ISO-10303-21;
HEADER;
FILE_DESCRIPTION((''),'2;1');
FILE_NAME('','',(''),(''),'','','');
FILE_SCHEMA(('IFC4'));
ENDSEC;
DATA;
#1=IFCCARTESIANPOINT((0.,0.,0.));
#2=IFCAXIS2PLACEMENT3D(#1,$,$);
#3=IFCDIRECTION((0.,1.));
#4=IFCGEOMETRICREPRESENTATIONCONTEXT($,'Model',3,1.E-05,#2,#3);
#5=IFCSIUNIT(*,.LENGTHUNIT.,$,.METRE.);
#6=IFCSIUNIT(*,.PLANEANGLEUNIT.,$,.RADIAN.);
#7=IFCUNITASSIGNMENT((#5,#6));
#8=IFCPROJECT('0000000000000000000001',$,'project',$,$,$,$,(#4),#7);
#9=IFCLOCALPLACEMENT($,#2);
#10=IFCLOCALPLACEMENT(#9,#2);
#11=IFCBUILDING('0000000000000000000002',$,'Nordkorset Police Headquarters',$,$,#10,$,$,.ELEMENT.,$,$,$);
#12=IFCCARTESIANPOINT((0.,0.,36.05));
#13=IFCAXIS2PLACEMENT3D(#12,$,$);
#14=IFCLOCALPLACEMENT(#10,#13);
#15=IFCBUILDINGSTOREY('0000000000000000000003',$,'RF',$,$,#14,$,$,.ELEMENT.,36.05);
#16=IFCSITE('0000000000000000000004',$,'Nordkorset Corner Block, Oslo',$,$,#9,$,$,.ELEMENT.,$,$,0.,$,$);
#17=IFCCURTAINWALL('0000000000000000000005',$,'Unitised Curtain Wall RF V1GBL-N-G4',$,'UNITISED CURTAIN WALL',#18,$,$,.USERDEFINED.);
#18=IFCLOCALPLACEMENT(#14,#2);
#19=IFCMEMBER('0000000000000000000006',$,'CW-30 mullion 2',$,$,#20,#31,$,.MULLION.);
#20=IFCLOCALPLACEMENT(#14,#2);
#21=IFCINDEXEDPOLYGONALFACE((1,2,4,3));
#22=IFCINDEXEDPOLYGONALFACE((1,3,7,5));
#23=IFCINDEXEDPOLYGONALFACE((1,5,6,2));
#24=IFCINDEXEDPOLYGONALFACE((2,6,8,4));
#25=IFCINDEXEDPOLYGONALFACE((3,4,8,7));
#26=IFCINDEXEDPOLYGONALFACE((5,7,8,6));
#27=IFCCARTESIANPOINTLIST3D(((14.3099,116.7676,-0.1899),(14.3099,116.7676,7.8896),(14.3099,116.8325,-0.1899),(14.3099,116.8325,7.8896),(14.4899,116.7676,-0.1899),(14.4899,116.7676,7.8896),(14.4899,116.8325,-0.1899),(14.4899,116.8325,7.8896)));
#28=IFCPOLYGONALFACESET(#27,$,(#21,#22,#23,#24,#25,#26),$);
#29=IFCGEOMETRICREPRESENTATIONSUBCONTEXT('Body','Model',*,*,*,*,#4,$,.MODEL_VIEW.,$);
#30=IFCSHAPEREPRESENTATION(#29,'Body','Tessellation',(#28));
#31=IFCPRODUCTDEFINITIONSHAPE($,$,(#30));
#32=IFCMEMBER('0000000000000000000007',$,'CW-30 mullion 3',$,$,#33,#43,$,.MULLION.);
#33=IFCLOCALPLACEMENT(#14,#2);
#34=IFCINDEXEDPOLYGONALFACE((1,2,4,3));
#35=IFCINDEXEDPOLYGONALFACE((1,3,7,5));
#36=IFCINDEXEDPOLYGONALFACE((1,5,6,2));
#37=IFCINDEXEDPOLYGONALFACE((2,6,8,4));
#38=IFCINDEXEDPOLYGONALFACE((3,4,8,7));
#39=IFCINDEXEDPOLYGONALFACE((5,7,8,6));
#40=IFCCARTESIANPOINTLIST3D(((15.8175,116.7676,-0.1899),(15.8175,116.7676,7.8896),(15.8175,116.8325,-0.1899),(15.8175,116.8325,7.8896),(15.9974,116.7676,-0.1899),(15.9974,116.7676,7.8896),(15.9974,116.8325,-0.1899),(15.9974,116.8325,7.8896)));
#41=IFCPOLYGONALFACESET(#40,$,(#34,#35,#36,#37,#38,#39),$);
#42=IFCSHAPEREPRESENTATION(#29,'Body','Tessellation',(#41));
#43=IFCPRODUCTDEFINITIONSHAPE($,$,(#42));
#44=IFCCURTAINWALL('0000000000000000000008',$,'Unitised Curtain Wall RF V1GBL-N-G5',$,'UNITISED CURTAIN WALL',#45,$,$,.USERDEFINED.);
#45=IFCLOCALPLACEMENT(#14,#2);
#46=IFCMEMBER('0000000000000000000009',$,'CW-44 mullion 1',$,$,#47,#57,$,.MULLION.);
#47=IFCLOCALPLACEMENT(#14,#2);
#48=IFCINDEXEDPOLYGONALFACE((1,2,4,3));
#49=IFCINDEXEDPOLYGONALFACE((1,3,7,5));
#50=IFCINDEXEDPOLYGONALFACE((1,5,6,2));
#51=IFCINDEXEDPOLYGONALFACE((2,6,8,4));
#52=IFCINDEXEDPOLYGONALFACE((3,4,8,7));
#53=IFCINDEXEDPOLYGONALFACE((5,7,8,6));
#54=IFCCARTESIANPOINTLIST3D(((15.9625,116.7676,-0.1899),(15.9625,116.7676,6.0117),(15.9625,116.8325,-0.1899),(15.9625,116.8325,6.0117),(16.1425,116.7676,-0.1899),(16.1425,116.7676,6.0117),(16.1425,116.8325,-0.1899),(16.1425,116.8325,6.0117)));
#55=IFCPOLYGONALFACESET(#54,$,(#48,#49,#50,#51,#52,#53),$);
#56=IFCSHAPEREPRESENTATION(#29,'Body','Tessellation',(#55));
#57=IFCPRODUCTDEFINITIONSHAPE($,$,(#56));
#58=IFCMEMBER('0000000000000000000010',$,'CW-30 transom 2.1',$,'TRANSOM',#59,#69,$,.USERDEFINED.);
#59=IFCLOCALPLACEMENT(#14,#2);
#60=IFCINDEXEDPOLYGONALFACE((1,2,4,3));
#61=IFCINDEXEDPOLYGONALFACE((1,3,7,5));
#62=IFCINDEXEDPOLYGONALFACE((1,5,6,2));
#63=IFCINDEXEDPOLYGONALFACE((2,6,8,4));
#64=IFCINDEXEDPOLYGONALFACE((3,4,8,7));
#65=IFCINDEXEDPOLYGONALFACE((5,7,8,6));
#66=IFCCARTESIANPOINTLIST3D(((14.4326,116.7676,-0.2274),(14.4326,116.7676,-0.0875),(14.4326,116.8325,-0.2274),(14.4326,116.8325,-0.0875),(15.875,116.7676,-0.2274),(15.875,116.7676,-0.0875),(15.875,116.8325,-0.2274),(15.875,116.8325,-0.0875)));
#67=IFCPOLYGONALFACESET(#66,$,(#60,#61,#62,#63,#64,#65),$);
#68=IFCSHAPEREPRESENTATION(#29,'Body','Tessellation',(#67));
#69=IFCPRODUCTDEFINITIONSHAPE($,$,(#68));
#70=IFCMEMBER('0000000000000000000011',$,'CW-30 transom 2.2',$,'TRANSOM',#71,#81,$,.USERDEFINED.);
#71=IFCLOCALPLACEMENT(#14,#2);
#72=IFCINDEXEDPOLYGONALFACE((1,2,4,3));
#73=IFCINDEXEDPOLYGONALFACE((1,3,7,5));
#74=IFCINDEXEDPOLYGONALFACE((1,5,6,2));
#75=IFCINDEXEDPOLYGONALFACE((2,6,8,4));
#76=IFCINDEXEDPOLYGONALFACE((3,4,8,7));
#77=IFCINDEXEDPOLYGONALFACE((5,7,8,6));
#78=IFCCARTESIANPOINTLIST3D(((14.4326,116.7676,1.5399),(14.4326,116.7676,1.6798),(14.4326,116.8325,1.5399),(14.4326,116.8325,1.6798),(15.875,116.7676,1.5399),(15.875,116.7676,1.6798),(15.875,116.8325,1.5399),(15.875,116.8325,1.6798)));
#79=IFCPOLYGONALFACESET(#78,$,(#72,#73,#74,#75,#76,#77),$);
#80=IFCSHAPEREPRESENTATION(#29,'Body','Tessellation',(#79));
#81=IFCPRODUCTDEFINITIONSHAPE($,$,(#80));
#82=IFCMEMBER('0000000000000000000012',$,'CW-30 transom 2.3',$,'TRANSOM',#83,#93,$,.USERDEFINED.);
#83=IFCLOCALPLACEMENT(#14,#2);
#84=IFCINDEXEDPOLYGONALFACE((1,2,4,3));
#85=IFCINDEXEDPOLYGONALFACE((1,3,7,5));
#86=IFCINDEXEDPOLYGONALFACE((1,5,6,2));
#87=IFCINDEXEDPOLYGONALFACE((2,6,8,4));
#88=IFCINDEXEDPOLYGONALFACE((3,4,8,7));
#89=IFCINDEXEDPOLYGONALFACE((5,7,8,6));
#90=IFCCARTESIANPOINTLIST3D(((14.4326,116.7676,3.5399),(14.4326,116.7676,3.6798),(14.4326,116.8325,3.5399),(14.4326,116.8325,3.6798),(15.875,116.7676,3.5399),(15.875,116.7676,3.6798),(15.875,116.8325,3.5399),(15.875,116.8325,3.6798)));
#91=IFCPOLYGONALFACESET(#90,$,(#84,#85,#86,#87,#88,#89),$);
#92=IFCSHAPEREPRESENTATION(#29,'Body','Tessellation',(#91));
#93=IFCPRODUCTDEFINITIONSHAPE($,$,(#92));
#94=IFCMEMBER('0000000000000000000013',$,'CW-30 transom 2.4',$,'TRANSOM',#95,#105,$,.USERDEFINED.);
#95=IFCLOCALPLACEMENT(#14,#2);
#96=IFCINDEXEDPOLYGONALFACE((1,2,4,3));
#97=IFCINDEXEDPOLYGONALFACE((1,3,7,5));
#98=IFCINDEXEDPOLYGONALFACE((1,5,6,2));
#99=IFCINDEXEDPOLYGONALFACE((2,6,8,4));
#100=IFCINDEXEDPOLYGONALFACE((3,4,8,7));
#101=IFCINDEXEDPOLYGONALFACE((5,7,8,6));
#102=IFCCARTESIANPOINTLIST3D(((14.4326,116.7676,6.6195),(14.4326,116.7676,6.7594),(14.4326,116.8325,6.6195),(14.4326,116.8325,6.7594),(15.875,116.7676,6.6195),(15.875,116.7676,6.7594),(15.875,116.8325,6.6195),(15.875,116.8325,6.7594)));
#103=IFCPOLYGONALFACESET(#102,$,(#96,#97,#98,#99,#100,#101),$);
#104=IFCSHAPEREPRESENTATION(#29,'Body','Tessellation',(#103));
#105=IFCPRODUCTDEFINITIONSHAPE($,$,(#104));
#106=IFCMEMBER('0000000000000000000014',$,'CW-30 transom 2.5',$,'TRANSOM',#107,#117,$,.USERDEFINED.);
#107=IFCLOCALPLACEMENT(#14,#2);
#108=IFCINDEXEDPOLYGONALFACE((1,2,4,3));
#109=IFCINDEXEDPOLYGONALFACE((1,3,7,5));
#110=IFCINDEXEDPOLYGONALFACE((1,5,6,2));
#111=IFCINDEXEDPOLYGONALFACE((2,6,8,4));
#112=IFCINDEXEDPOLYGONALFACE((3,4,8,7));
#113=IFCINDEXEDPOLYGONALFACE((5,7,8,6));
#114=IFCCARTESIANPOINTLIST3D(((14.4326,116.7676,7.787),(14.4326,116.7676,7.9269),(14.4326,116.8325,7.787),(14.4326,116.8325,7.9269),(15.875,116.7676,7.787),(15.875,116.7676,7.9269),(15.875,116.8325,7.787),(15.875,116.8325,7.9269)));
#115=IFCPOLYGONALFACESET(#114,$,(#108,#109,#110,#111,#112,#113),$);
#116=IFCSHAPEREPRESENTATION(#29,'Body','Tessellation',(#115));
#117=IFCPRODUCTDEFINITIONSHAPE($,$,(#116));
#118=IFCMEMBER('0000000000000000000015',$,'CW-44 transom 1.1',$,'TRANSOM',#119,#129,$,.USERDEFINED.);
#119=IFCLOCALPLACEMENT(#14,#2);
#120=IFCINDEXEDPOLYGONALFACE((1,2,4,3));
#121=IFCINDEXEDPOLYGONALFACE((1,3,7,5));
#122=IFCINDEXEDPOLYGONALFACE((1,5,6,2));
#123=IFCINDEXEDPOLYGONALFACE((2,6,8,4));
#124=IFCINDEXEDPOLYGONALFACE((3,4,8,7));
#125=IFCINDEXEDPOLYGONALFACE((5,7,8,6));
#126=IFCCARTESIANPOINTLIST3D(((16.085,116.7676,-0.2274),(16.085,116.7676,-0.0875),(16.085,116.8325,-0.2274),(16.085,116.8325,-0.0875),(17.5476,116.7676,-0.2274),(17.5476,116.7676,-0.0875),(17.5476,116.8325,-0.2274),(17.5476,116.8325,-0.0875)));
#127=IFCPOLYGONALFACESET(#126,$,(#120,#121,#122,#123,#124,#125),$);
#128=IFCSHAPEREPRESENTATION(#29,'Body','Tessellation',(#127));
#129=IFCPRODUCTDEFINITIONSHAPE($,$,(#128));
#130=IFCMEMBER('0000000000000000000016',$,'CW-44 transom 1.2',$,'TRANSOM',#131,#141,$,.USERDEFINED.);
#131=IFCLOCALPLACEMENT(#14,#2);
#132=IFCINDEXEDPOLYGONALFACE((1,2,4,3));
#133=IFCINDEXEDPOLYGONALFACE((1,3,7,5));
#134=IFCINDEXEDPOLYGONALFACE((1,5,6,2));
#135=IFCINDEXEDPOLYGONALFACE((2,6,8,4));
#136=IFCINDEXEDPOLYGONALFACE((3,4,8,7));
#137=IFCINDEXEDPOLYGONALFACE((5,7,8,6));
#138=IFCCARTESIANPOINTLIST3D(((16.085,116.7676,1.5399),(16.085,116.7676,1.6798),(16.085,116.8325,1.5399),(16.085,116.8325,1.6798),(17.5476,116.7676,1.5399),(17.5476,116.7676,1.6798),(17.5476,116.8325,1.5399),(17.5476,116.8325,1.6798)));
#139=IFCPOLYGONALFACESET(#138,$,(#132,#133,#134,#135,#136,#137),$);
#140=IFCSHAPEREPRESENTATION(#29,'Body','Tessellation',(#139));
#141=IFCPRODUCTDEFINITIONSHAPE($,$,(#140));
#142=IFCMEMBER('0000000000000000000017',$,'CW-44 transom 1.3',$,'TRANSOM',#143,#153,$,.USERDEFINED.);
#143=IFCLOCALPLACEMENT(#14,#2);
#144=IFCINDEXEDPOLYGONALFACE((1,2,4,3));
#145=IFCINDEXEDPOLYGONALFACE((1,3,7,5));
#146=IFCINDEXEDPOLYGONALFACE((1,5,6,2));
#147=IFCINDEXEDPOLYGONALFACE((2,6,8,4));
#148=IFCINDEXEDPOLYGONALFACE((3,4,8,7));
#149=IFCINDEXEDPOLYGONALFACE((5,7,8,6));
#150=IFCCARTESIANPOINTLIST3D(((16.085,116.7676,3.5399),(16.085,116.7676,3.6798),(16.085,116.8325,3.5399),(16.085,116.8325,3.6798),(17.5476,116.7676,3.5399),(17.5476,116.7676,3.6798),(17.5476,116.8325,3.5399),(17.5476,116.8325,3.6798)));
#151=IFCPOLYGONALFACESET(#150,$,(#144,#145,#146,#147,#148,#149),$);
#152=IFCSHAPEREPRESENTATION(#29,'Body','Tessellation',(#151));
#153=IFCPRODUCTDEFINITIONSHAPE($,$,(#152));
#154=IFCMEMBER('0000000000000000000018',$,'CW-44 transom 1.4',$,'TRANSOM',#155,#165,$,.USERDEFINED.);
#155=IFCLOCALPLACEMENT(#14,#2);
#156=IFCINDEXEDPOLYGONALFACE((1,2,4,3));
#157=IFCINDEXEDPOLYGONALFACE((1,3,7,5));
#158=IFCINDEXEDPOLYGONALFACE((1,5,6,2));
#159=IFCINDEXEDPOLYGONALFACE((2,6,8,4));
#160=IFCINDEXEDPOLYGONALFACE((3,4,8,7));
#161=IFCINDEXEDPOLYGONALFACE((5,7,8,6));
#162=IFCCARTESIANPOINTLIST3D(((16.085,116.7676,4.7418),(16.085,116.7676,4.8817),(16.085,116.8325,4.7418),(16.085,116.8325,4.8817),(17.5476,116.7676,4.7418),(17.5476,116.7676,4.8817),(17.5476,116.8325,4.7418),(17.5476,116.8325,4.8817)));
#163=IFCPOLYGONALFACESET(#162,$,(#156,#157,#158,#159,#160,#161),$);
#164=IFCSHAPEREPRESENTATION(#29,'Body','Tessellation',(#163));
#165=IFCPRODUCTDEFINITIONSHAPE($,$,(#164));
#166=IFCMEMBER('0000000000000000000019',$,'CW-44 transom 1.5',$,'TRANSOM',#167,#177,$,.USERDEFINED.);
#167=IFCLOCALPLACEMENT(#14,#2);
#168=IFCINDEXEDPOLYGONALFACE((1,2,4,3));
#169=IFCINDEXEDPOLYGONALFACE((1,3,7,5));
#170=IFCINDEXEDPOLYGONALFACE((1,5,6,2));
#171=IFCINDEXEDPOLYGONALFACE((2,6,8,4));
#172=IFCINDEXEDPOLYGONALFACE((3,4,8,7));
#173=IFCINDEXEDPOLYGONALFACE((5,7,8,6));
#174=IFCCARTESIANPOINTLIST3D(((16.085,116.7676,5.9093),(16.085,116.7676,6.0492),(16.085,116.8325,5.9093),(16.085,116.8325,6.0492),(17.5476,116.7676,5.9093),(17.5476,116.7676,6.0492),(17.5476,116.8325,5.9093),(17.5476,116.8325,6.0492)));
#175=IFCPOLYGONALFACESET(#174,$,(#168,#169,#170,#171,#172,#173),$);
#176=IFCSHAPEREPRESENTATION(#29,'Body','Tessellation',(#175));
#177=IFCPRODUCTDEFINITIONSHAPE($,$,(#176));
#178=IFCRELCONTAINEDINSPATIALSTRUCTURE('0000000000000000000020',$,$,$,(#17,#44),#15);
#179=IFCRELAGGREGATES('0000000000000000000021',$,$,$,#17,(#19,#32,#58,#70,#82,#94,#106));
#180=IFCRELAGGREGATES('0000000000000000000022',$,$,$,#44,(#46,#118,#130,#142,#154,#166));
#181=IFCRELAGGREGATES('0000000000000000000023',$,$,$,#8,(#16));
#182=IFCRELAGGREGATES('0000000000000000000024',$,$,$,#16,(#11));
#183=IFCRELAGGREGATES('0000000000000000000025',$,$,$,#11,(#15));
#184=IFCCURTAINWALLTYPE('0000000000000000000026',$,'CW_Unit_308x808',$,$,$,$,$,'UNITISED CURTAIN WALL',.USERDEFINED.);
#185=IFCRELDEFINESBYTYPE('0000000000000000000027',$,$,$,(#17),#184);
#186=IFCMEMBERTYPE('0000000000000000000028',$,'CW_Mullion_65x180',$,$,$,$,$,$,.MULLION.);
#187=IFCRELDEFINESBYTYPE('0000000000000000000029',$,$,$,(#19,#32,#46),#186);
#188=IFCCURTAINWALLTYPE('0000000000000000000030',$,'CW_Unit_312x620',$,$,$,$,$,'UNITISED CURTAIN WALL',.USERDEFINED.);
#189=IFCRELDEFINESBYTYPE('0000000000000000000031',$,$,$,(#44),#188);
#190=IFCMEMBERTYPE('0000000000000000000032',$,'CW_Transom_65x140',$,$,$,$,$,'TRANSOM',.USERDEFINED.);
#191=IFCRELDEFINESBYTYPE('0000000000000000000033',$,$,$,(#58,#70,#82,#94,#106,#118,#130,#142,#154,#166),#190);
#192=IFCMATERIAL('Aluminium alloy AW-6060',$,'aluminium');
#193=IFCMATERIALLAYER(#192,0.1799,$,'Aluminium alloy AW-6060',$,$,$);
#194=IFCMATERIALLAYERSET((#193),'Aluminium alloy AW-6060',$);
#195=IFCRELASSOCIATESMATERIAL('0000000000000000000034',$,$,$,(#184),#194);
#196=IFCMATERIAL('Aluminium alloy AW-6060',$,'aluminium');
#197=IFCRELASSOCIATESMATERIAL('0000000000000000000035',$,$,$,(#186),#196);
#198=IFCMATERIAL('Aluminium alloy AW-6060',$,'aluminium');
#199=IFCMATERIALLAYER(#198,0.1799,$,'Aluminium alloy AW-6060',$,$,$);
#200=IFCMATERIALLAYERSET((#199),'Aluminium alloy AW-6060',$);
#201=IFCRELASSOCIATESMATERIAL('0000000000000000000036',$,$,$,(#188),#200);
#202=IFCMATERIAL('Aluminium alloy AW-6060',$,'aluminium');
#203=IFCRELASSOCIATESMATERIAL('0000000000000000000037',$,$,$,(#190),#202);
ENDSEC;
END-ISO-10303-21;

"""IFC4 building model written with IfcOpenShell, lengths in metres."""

from ifc_helpers import new_model, si_unit, direction, frame, origin, origin_2d, place, context, subcontext, project, spatial, rectangle, extrude, material, layer, layer_set, material_profile, profile_set, type_object, element, aggregate, save


model = new_model("IFC4")

# Units and contexts
model_context = context("Model", 3, precision=1e-05, world=origin(), true_north=direction((0.0, 1.0)))
body_context = subcontext(model_context, "Body", "Model", "MODEL_VIEW")
ifc_project = project(units=[si_unit("LENGTHUNIT", "METRE"), si_unit("PLANEANGLEUNIT", "RADIAN")], contexts=[model_context])

# Site, building, storey
site_placement = place(None, origin())
site = spatial("IfcSite", under=ifc_project, at=site_placement, Name="Nordkorset Corner Block, Oslo", CompositionType="ELEMENT", RefElevation=0.0)
building_placement = place(site_placement, origin())
building = spatial("IfcBuilding", under=site, at=building_placement, Name="Nordkorset Police Headquarters", CompositionType="ELEMENT")
storey_placement = place(building_placement, frame((0.0, 0.0, 36.05)))
storey = spatial("IfcBuildingStorey", under=building, at=storey_placement, Name="RF", CompositionType="ELEMENT", Elevation=36.05)

# Curtain wall, members
ifc_material_1 = material(Name="Aluminium alloy AW-6060", Category="aluminium")
ifc_layer_1 = layer(ifc_material_1, 0.1799, Name="Aluminium alloy AW-6060")
ifc_layer_set_1 = layer_set([ifc_layer_1], Name="Aluminium alloy AW-6060")
curtain_wall_type_1 = type_object("IfcCurtainWallType", Name="CW_Unit_308x808", ElementType="UNITISED CURTAIN WALL", PredefinedType="USERDEFINED", material=ifc_layer_set_1)
curtain_wall_1_placement = place(storey_placement, origin())
curtain_wall_1 = element("IfcCurtainWall", 1, at=curtain_wall_1_placement, inside=storey, type_object=curtain_wall_type_1, Name="Unitised Curtain Wall RF V1GBL-N-G4", ObjectType="UNITISED CURTAIN WALL", PredefinedType="USERDEFINED")
ifc_material_2 = material(Name="Aluminium alloy AW-6060", Category="aluminium")
ifc_material_profile_1 = material_profile(ifc_material_2, rectangle(XDim=0.0649, YDim=0.1799, at=origin_2d()), Name="ALU MULL 65x180")
ifc_profile_set_1 = profile_set([ifc_material_profile_1], Name="Aluminium alloy AW-6060")
member_type_1 = type_object("IfcMemberType", Name="CW_Mullion_65x180", PredefinedType="MULLION", material=ifc_profile_set_1)
member_1_placement = place(storey_placement, frame((14.3999, 116.8, -0.1899), z_axis=(0.0, 0.0, 1.0), x_axis=(0.0, 1.0, 0.0)))
member_1 = element("IfcMember", 2, at=member_1_placement, type_object=member_type_1, Name="CW-30 mullion 2", PredefinedType="MULLION", context=body_context, shape_type="SweptSolid", body=[
    extrude(rectangle(XDim=0.0649, YDim=0.1799, at=origin_2d()), origin(), (0.0, 0.0, 1.0), 8.0796),
])
member_2_placement = place(storey_placement, frame((15.9075, 116.8, -0.1899), z_axis=(0.0, 0.0, 1.0), x_axis=(0.0, 1.0, 0.0)))
member_2 = element("IfcMember", 3, at=member_2_placement, type_object=member_type_1, Name="CW-30 mullion 3", PredefinedType="MULLION", context=body_context, shape_type="SweptSolid", body=[
    extrude(rectangle(XDim=0.0649, YDim=0.1799, at=origin_2d()), origin(), (0.0, 0.0, 1.0), 8.0796),
])

# Curtain wall, member
ifc_material_3 = material(Name="Aluminium alloy AW-6060", Category="aluminium")
ifc_layer_2 = layer(ifc_material_3, 0.1799, Name="Aluminium alloy AW-6060")
ifc_layer_set_2 = layer_set([ifc_layer_2], Name="Aluminium alloy AW-6060")
curtain_wall_type_2 = type_object("IfcCurtainWallType", Name="CW_Unit_312x620", ElementType="UNITISED CURTAIN WALL", PredefinedType="USERDEFINED", material=ifc_layer_set_2)
curtain_wall_2_placement = place(storey_placement, origin())
curtain_wall_2 = element("IfcCurtainWall", 4, at=curtain_wall_2_placement, inside=storey, type_object=curtain_wall_type_2, Name="Unitised Curtain Wall RF V1GBL-N-G5", ObjectType="UNITISED CURTAIN WALL", PredefinedType="USERDEFINED")
member_3_placement = place(storey_placement, frame((16.0525, 116.8, -0.1899), z_axis=(0.0, 0.0, 1.0), x_axis=(0.0, 1.0, 0.0)))
member_3 = element("IfcMember", 5, at=member_3_placement, type_object=member_type_1, Name="CW-44 mullion 1", PredefinedType="MULLION", context=body_context, shape_type="SweptSolid", body=[
    extrude(rectangle(XDim=0.0649, YDim=0.1799, at=origin_2d()), origin(), (0.0, 0.0, 1.0), 6.2017),
])

# Members
ifc_material_4 = material(Name="Aluminium alloy AW-6060", Category="aluminium")
ifc_material_profile_2 = material_profile(ifc_material_4, rectangle(XDim=0.0649, YDim=0.1399, at=origin_2d()), Name="ALU TRAN 65x140")
ifc_profile_set_2 = profile_set([ifc_material_profile_2], Name="Aluminium alloy AW-6060")
member_type_2 = type_object("IfcMemberType", Name="CW_Transom_65x140", ElementType="TRANSOM", PredefinedType="USERDEFINED", material=ifc_profile_set_2)
member_4_placement = place(storey_placement, frame((14.4326, 116.8, -0.1575), z_axis=(1.0, 0.0, 0.0), x_axis=(0.0, 1.0, 0.0)))
member_4 = element("IfcMember", 6, at=member_4_placement, type_object=member_type_2, Name="CW-30 transom 2.1", ObjectType="TRANSOM", PredefinedType="USERDEFINED", context=body_context, shape_type="SweptSolid", body=[
    extrude(rectangle(XDim=0.0649, YDim=0.1399, at=origin_2d()), origin(), (0.0, 0.0, 1.0), 1.4424),
])
member_5_placement = place(storey_placement, frame((14.4326, 116.8, 1.6099), z_axis=(1.0, 0.0, 0.0), x_axis=(0.0, 1.0, 0.0)))
member_5 = element("IfcMember", 7, at=member_5_placement, type_object=member_type_2, Name="CW-30 transom 2.2", ObjectType="TRANSOM", PredefinedType="USERDEFINED", context=body_context, shape_type="SweptSolid", body=[
    extrude(rectangle(XDim=0.0649, YDim=0.1399, at=origin_2d()), origin(), (0.0, 0.0, 1.0), 1.4424),
])
member_6_placement = place(storey_placement, frame((14.4326, 116.8, 3.6099), z_axis=(1.0, 0.0, 0.0), x_axis=(0.0, 1.0, 0.0)))
member_6 = element("IfcMember", 8, at=member_6_placement, type_object=member_type_2, Name="CW-30 transom 2.3", ObjectType="TRANSOM", PredefinedType="USERDEFINED", context=body_context, shape_type="SweptSolid", body=[
    extrude(rectangle(XDim=0.0649, YDim=0.1399, at=origin_2d()), origin(), (0.0, 0.0, 1.0), 1.4424),
])
member_7_placement = place(storey_placement, frame((14.4326, 116.8, 6.6895), z_axis=(1.0, 0.0, 0.0), x_axis=(0.0, 1.0, 0.0)))
member_7 = element("IfcMember", 9, at=member_7_placement, type_object=member_type_2, Name="CW-30 transom 2.4", ObjectType="TRANSOM", PredefinedType="USERDEFINED", context=body_context, shape_type="SweptSolid", body=[
    extrude(rectangle(XDim=0.0649, YDim=0.1399, at=origin_2d()), origin(), (0.0, 0.0, 1.0), 1.4424),
])
member_8_placement = place(storey_placement, frame((14.4326, 116.8, 7.8569), z_axis=(1.0, 0.0, 0.0), x_axis=(0.0, 1.0, 0.0)))
member_8 = element("IfcMember", 10, at=member_8_placement, type_object=member_type_2, Name="CW-30 transom 2.5", ObjectType="TRANSOM", PredefinedType="USERDEFINED", context=body_context, shape_type="SweptSolid", body=[
    extrude(rectangle(XDim=0.0649, YDim=0.1399, at=origin_2d()), origin(), (0.0, 0.0, 1.0), 1.4424),
])
member_9_placement = place(storey_placement, frame((16.085, 116.8, -0.1575), z_axis=(1.0, 0.0, 0.0), x_axis=(0.0, 1.0, 0.0)))
member_9 = element("IfcMember", 11, at=member_9_placement, type_object=member_type_2, Name="CW-44 transom 1.1", ObjectType="TRANSOM", PredefinedType="USERDEFINED", context=body_context, shape_type="SweptSolid", body=[
    extrude(rectangle(XDim=0.0649, YDim=0.1399, at=origin_2d()), origin(), (0.0, 0.0, 1.0), 1.4626),
])
member_10_placement = place(storey_placement, frame((16.085, 116.8, 1.6099), z_axis=(1.0, 0.0, 0.0), x_axis=(0.0, 1.0, 0.0)))
member_10 = element("IfcMember", 12, at=member_10_placement, type_object=member_type_2, Name="CW-44 transom 1.2", ObjectType="TRANSOM", PredefinedType="USERDEFINED", context=body_context, shape_type="SweptSolid", body=[
    extrude(rectangle(XDim=0.0649, YDim=0.1399, at=origin_2d()), origin(), (0.0, 0.0, 1.0), 1.4626),
])
member_11_placement = place(storey_placement, frame((16.085, 116.8, 3.6099), z_axis=(1.0, 0.0, 0.0), x_axis=(0.0, 1.0, 0.0)))
member_11 = element("IfcMember", 13, at=member_11_placement, type_object=member_type_2, Name="CW-44 transom 1.3", ObjectType="TRANSOM", PredefinedType="USERDEFINED", context=body_context, shape_type="SweptSolid", body=[
    extrude(rectangle(XDim=0.0649, YDim=0.1399, at=origin_2d()), origin(), (0.0, 0.0, 1.0), 1.4626),
])
member_12_placement = place(storey_placement, frame((16.085, 116.8, 4.8118), z_axis=(1.0, 0.0, 0.0), x_axis=(0.0, 1.0, 0.0)))
member_12 = element("IfcMember", 14, at=member_12_placement, type_object=member_type_2, Name="CW-44 transom 1.4", ObjectType="TRANSOM", PredefinedType="USERDEFINED", context=body_context, shape_type="SweptSolid", body=[
    extrude(rectangle(XDim=0.0649, YDim=0.1399, at=origin_2d()), origin(), (0.0, 0.0, 1.0), 1.4626),
])
member_13_placement = place(storey_placement, frame((16.085, 116.8, 5.9792), z_axis=(1.0, 0.0, 0.0), x_axis=(0.0, 1.0, 0.0)))
member_13 = element("IfcMember", 15, at=member_13_placement, type_object=member_type_2, Name="CW-44 transom 1.5", ObjectType="TRANSOM", PredefinedType="USERDEFINED", context=body_context, shape_type="SweptSolid", body=[
    extrude(rectangle(XDim=0.0649, YDim=0.1399, at=origin_2d()), origin(), (0.0, 0.0, 1.0), 1.4626),
])

aggregate(curtain_wall_1, [member_1, member_2, member_4, member_5, member_6, member_7, member_8])
aggregate(curtain_wall_2, [member_3, member_9, member_10, member_11, member_12, member_13])

save(model, "model.ifc")
